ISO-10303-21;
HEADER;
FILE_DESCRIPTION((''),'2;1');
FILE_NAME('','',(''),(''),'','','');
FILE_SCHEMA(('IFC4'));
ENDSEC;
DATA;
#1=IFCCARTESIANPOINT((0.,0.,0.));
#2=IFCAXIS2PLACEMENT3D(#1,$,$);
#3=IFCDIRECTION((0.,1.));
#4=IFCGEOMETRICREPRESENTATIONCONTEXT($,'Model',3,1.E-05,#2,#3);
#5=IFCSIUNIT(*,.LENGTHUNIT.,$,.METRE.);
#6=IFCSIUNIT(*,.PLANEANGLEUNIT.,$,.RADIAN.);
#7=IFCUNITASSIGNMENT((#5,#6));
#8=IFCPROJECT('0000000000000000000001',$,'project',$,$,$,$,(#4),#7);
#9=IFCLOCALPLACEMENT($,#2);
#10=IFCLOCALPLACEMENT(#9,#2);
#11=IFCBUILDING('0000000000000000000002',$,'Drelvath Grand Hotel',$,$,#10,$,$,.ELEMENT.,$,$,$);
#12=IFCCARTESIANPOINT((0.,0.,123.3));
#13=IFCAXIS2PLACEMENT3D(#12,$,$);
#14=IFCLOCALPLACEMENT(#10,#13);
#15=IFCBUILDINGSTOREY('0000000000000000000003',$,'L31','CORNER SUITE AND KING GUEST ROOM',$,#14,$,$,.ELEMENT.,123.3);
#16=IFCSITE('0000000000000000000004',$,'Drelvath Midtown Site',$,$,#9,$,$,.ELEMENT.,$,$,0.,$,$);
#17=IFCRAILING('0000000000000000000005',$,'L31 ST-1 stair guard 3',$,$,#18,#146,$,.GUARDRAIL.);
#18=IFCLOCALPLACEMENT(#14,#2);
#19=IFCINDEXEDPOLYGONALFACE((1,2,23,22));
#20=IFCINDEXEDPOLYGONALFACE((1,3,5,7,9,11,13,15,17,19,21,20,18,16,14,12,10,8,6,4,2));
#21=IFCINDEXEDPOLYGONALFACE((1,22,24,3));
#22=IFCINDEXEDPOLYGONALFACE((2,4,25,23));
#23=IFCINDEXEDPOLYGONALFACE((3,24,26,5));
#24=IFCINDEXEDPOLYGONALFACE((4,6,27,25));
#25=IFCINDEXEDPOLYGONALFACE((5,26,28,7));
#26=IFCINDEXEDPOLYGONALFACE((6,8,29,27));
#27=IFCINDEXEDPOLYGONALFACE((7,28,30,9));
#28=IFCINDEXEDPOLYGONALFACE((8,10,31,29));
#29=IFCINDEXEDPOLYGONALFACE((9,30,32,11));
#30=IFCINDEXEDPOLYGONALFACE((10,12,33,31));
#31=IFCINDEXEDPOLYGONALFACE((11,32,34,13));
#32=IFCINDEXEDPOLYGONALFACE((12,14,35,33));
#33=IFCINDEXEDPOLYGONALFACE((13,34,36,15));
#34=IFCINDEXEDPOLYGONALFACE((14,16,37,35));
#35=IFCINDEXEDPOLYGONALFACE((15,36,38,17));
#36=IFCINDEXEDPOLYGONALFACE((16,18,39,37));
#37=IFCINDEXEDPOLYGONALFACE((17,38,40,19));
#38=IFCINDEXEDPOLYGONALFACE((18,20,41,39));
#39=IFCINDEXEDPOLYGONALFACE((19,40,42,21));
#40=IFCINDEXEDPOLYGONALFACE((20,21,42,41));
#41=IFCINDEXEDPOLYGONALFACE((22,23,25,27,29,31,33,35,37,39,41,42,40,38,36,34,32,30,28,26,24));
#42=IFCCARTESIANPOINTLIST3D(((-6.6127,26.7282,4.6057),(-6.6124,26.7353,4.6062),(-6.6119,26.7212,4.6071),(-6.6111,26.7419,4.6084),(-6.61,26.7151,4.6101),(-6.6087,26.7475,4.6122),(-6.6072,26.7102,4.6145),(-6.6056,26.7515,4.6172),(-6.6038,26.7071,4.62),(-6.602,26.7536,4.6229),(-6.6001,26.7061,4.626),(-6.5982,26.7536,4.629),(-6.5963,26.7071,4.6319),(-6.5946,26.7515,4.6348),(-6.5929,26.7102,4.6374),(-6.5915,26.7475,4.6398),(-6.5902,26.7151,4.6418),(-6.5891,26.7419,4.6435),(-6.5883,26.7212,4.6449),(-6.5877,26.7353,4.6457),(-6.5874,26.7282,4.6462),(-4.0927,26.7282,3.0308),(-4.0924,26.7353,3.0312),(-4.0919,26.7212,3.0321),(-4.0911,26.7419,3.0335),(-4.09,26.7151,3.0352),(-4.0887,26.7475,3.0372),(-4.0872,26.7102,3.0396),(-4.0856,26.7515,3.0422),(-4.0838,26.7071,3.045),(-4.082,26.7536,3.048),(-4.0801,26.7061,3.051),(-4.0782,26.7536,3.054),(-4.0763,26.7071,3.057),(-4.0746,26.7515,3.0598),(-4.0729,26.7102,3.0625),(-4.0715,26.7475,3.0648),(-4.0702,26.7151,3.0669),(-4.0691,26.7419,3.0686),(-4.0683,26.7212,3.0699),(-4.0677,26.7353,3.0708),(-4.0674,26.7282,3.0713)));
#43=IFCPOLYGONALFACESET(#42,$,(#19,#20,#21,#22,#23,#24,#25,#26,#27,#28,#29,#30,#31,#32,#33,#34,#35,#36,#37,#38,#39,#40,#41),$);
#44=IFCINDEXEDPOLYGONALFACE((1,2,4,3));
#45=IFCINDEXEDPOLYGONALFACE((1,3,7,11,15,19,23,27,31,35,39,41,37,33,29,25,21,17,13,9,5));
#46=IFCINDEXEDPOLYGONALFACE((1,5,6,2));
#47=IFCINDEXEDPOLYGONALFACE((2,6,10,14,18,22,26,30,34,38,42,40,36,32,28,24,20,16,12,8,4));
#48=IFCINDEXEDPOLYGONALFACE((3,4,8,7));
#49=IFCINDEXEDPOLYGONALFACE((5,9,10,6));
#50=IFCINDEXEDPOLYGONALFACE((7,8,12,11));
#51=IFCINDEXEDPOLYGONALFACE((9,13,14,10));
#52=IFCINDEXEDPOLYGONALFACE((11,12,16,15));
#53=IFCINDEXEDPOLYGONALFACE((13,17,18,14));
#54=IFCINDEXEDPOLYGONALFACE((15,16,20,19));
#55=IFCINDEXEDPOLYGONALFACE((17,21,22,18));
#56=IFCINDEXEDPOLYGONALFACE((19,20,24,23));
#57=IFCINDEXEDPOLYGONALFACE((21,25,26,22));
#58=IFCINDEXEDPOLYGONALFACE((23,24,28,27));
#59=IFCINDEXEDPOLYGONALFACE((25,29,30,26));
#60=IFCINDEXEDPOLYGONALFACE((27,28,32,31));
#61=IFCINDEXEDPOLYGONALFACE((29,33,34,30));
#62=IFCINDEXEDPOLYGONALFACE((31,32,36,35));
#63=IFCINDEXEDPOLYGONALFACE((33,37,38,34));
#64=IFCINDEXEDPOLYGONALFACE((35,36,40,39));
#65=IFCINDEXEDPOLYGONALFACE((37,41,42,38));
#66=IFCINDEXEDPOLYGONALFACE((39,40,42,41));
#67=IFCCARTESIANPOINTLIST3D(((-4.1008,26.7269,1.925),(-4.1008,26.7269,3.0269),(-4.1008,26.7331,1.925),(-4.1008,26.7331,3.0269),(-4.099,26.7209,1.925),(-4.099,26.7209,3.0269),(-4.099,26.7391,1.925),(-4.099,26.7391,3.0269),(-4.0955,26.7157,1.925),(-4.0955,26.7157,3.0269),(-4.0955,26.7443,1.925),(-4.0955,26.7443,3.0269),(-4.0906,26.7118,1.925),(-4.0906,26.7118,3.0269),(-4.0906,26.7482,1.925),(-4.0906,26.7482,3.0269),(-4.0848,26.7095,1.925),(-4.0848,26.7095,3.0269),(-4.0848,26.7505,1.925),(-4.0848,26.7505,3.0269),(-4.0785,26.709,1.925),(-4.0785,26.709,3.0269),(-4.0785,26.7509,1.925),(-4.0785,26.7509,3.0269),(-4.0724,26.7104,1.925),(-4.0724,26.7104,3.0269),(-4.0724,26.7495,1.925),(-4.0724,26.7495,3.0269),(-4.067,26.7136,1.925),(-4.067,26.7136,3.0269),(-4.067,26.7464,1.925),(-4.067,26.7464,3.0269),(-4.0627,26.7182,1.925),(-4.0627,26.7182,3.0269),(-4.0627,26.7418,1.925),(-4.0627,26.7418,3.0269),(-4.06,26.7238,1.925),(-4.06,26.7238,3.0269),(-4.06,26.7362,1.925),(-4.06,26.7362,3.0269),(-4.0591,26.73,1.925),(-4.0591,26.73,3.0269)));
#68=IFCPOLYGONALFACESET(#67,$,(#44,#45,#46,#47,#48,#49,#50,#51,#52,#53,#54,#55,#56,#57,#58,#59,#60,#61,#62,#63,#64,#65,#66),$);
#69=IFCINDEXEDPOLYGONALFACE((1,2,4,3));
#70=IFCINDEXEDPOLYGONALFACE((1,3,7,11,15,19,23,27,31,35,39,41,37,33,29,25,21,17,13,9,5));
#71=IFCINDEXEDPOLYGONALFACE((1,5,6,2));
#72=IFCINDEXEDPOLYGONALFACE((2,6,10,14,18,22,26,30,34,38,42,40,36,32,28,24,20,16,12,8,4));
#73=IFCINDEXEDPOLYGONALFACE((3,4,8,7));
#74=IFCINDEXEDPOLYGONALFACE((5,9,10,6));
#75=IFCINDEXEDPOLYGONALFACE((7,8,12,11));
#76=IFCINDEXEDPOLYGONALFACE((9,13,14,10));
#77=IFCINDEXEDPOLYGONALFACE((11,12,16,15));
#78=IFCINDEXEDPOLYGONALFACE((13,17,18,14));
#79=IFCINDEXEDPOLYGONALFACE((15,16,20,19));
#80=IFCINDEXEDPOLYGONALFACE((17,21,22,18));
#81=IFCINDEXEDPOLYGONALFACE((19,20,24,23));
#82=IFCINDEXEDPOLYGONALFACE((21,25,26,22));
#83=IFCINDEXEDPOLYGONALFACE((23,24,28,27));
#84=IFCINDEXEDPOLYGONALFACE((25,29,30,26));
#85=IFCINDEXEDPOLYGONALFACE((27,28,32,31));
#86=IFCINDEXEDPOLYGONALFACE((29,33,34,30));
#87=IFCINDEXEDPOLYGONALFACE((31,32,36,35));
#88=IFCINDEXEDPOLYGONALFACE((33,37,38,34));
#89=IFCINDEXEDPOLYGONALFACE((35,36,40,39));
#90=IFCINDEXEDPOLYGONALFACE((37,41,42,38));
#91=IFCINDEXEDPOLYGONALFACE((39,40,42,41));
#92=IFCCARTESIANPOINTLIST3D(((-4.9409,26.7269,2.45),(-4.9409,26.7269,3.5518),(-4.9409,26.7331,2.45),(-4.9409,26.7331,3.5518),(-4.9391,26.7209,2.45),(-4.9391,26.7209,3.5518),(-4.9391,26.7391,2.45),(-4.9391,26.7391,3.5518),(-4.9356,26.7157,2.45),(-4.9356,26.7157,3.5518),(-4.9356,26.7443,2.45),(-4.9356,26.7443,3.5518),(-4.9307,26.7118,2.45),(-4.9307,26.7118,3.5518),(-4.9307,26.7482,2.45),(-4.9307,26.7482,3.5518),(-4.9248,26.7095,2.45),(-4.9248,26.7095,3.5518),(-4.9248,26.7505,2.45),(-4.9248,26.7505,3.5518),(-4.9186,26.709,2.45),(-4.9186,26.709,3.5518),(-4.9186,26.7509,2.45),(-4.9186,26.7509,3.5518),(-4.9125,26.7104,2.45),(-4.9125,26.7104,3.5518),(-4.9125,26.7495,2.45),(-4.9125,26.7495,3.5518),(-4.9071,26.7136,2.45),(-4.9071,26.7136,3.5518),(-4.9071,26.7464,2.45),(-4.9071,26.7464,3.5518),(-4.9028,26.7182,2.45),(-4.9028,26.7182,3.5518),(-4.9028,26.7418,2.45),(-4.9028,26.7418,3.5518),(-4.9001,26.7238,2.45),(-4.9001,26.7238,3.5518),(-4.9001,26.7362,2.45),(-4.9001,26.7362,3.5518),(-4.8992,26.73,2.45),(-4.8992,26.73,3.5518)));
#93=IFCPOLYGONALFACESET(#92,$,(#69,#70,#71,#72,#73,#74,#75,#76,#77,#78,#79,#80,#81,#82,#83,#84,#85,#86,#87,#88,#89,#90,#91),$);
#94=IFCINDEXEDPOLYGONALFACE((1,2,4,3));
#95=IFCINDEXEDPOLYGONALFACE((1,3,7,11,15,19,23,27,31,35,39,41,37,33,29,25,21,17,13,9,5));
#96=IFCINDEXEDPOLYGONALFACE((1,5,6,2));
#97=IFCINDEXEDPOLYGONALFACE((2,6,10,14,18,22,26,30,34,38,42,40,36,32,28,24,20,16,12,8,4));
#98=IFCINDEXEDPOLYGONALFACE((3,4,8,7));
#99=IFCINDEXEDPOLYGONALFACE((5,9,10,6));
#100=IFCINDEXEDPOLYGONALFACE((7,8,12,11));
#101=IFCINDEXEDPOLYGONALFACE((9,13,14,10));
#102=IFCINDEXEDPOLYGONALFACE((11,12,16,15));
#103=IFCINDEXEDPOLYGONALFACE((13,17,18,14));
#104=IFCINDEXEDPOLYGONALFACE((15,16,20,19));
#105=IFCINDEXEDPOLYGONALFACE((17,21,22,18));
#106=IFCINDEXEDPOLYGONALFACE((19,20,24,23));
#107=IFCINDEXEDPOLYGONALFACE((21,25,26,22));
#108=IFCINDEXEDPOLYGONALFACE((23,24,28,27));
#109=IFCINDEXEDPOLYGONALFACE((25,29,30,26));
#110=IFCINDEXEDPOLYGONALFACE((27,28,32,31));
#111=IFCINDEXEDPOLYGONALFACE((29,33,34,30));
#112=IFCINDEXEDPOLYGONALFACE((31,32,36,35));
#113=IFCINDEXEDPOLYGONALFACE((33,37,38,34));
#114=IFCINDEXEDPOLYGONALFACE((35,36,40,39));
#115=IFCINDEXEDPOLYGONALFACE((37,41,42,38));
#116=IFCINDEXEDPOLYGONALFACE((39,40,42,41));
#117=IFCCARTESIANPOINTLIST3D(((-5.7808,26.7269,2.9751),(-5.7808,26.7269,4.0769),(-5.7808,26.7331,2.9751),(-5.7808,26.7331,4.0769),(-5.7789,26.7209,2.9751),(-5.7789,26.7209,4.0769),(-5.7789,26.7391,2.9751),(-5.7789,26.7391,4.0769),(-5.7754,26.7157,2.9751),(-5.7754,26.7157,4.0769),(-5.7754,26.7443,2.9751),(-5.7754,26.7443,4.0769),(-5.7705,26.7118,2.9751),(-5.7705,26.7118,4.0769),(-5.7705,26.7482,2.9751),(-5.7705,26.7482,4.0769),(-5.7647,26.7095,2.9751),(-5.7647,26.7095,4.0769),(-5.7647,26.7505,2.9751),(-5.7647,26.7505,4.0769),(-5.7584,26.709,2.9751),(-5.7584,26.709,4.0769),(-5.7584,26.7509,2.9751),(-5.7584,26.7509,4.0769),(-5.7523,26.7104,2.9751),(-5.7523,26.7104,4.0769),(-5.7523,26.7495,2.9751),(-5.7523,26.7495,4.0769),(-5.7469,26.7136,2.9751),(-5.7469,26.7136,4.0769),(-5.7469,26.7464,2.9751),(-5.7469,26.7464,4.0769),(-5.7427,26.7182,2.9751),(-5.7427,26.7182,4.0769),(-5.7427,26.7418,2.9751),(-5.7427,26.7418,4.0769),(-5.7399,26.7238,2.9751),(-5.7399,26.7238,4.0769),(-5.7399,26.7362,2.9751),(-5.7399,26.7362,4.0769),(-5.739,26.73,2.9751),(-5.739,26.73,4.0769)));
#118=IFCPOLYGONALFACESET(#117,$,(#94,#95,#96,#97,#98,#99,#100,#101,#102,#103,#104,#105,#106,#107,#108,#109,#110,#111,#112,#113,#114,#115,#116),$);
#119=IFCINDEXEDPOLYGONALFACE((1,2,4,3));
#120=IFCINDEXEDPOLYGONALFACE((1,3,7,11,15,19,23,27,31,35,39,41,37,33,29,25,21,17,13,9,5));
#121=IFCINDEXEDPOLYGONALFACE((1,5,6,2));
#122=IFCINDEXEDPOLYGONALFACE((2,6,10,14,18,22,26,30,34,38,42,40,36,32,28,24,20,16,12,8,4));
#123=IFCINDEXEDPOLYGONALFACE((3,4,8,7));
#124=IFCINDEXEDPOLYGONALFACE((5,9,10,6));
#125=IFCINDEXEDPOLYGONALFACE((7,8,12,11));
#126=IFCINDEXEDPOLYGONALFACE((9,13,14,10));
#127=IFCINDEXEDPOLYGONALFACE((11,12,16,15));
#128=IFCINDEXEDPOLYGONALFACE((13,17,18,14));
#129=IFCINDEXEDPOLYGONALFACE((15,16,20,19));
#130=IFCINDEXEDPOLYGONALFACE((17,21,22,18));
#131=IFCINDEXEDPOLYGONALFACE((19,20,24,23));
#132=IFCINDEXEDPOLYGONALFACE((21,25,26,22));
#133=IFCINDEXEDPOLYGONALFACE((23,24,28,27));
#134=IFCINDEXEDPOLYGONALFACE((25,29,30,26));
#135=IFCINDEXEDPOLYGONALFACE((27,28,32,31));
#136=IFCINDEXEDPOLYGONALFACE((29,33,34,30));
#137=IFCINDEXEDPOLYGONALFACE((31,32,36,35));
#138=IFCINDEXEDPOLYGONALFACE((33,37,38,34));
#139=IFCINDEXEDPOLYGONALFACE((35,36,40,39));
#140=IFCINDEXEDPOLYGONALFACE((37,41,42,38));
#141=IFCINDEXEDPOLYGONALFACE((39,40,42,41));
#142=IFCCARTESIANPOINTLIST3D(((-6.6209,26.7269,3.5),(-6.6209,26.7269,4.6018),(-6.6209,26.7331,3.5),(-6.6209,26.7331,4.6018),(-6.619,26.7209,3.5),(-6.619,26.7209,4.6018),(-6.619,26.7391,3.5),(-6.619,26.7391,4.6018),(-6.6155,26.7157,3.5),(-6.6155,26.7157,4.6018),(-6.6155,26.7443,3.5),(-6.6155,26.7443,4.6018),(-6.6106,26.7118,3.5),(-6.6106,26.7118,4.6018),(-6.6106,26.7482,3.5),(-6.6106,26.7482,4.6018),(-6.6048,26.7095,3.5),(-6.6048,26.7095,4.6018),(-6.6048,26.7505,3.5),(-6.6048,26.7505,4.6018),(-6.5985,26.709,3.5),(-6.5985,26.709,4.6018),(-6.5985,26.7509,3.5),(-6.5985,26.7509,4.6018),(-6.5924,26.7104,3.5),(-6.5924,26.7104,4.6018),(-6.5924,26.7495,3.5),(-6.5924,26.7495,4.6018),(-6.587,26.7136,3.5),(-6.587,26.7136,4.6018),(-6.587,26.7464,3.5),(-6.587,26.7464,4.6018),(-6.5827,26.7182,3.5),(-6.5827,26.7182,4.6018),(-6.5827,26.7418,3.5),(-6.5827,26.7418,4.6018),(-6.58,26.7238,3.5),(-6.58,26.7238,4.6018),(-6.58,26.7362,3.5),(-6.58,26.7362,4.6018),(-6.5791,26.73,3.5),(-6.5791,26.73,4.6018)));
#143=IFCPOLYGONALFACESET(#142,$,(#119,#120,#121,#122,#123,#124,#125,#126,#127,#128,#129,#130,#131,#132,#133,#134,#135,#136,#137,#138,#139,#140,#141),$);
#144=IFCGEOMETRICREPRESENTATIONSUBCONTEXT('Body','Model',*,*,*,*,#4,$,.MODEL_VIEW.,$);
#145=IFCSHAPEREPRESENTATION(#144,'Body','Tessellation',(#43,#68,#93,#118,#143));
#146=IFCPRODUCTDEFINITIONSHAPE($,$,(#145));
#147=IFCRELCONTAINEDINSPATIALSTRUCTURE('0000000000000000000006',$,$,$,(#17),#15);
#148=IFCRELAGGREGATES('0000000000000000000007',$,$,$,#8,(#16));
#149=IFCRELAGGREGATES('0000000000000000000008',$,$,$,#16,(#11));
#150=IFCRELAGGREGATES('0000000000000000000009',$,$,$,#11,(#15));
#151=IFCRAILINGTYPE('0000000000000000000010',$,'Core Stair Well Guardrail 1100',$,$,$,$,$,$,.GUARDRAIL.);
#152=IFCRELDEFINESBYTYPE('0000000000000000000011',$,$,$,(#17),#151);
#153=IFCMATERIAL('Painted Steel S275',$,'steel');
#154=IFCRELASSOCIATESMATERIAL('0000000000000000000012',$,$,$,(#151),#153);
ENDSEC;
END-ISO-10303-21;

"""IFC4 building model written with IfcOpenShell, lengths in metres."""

from ifc_helpers import new_model, si_unit, direction, frame, origin, origin_2d, place, context, subcontext, project, spatial, circle, extrude, material, type_object, element, save


model = new_model("IFC4")

# Units and contexts
model_context = context("Model", 3, precision=1e-05, world=origin(), true_north=direction((0.0, 1.0)))
body_context = subcontext(model_context, "Body", "Model", "MODEL_VIEW")
ifc_project = project(units=[si_unit("LENGTHUNIT", "METRE"), si_unit("PLANEANGLEUNIT", "RADIAN")], contexts=[model_context])

# Site, building, storey
site_placement = place(None, origin())
site = spatial("IfcSite", under=ifc_project, at=site_placement, Name="Drelvath Midtown Site", CompositionType="ELEMENT", RefElevation=0.0)
building_placement = place(site_placement, origin())
building = spatial("IfcBuilding", under=site, at=building_placement, Name="Drelvath Grand Hotel", CompositionType="ELEMENT")
storey_placement = place(building_placement, frame((0.0, 0.0, 123.3)))
storey = spatial("IfcBuildingStorey", under=building, at=storey_placement, Name="L31", Description="CORNER SUITE AND KING GUEST ROOM", CompositionType="ELEMENT", Elevation=123.3)

# Shared definitions
ifc_material_1 = material(Name="Painted Steel S275", Category="steel")

# Railing
railing_type_1 = type_object("IfcRailingType", Name="Core Stair Well Guardrail 1100", PredefinedType="GUARDRAIL", material=ifc_material_1)
railing_1_placement = place(storey_placement, frame((-4.0801, 26.73, 1.925)))
element("IfcRailing", 1, at=railing_1_placement, inside=storey, type_object=railing_type_1, Name="L31 ST-1 stair guard 3", PredefinedType="GUARDRAIL", context=body_context, shape_type="SweptSolid", body=[
    extrude(circle(Radius=0.0239, at=origin_2d()), frame((0.0, 0.0, 1.126), z_axis=(-0.848008, 0.0, 0.529984), x_axis=(0.0, -1.0, 0.0)), (0.0, 0.0, 1.0), 2.9717),
    extrude(circle(Radius=0.021, at=origin_2d()), origin(), (0.0, 0.0, 1.0), 1.1018),
    extrude(circle(Radius=0.021, at=origin_2d()), frame((-0.8401, 0.0, 0.5249)), (0.0, 0.0, 1.0), 1.1018),
    extrude(circle(Radius=0.021, at=origin_2d()), frame((-1.6799, 0.0, 1.05)), (0.0, 0.0, 1.0), 1.1018),
    extrude(circle(Radius=0.021, at=origin_2d()), frame((-2.52, 0.0, 1.575)), (0.0, 0.0, 1.0), 1.1018),
])

save(model, "model.ifc")
